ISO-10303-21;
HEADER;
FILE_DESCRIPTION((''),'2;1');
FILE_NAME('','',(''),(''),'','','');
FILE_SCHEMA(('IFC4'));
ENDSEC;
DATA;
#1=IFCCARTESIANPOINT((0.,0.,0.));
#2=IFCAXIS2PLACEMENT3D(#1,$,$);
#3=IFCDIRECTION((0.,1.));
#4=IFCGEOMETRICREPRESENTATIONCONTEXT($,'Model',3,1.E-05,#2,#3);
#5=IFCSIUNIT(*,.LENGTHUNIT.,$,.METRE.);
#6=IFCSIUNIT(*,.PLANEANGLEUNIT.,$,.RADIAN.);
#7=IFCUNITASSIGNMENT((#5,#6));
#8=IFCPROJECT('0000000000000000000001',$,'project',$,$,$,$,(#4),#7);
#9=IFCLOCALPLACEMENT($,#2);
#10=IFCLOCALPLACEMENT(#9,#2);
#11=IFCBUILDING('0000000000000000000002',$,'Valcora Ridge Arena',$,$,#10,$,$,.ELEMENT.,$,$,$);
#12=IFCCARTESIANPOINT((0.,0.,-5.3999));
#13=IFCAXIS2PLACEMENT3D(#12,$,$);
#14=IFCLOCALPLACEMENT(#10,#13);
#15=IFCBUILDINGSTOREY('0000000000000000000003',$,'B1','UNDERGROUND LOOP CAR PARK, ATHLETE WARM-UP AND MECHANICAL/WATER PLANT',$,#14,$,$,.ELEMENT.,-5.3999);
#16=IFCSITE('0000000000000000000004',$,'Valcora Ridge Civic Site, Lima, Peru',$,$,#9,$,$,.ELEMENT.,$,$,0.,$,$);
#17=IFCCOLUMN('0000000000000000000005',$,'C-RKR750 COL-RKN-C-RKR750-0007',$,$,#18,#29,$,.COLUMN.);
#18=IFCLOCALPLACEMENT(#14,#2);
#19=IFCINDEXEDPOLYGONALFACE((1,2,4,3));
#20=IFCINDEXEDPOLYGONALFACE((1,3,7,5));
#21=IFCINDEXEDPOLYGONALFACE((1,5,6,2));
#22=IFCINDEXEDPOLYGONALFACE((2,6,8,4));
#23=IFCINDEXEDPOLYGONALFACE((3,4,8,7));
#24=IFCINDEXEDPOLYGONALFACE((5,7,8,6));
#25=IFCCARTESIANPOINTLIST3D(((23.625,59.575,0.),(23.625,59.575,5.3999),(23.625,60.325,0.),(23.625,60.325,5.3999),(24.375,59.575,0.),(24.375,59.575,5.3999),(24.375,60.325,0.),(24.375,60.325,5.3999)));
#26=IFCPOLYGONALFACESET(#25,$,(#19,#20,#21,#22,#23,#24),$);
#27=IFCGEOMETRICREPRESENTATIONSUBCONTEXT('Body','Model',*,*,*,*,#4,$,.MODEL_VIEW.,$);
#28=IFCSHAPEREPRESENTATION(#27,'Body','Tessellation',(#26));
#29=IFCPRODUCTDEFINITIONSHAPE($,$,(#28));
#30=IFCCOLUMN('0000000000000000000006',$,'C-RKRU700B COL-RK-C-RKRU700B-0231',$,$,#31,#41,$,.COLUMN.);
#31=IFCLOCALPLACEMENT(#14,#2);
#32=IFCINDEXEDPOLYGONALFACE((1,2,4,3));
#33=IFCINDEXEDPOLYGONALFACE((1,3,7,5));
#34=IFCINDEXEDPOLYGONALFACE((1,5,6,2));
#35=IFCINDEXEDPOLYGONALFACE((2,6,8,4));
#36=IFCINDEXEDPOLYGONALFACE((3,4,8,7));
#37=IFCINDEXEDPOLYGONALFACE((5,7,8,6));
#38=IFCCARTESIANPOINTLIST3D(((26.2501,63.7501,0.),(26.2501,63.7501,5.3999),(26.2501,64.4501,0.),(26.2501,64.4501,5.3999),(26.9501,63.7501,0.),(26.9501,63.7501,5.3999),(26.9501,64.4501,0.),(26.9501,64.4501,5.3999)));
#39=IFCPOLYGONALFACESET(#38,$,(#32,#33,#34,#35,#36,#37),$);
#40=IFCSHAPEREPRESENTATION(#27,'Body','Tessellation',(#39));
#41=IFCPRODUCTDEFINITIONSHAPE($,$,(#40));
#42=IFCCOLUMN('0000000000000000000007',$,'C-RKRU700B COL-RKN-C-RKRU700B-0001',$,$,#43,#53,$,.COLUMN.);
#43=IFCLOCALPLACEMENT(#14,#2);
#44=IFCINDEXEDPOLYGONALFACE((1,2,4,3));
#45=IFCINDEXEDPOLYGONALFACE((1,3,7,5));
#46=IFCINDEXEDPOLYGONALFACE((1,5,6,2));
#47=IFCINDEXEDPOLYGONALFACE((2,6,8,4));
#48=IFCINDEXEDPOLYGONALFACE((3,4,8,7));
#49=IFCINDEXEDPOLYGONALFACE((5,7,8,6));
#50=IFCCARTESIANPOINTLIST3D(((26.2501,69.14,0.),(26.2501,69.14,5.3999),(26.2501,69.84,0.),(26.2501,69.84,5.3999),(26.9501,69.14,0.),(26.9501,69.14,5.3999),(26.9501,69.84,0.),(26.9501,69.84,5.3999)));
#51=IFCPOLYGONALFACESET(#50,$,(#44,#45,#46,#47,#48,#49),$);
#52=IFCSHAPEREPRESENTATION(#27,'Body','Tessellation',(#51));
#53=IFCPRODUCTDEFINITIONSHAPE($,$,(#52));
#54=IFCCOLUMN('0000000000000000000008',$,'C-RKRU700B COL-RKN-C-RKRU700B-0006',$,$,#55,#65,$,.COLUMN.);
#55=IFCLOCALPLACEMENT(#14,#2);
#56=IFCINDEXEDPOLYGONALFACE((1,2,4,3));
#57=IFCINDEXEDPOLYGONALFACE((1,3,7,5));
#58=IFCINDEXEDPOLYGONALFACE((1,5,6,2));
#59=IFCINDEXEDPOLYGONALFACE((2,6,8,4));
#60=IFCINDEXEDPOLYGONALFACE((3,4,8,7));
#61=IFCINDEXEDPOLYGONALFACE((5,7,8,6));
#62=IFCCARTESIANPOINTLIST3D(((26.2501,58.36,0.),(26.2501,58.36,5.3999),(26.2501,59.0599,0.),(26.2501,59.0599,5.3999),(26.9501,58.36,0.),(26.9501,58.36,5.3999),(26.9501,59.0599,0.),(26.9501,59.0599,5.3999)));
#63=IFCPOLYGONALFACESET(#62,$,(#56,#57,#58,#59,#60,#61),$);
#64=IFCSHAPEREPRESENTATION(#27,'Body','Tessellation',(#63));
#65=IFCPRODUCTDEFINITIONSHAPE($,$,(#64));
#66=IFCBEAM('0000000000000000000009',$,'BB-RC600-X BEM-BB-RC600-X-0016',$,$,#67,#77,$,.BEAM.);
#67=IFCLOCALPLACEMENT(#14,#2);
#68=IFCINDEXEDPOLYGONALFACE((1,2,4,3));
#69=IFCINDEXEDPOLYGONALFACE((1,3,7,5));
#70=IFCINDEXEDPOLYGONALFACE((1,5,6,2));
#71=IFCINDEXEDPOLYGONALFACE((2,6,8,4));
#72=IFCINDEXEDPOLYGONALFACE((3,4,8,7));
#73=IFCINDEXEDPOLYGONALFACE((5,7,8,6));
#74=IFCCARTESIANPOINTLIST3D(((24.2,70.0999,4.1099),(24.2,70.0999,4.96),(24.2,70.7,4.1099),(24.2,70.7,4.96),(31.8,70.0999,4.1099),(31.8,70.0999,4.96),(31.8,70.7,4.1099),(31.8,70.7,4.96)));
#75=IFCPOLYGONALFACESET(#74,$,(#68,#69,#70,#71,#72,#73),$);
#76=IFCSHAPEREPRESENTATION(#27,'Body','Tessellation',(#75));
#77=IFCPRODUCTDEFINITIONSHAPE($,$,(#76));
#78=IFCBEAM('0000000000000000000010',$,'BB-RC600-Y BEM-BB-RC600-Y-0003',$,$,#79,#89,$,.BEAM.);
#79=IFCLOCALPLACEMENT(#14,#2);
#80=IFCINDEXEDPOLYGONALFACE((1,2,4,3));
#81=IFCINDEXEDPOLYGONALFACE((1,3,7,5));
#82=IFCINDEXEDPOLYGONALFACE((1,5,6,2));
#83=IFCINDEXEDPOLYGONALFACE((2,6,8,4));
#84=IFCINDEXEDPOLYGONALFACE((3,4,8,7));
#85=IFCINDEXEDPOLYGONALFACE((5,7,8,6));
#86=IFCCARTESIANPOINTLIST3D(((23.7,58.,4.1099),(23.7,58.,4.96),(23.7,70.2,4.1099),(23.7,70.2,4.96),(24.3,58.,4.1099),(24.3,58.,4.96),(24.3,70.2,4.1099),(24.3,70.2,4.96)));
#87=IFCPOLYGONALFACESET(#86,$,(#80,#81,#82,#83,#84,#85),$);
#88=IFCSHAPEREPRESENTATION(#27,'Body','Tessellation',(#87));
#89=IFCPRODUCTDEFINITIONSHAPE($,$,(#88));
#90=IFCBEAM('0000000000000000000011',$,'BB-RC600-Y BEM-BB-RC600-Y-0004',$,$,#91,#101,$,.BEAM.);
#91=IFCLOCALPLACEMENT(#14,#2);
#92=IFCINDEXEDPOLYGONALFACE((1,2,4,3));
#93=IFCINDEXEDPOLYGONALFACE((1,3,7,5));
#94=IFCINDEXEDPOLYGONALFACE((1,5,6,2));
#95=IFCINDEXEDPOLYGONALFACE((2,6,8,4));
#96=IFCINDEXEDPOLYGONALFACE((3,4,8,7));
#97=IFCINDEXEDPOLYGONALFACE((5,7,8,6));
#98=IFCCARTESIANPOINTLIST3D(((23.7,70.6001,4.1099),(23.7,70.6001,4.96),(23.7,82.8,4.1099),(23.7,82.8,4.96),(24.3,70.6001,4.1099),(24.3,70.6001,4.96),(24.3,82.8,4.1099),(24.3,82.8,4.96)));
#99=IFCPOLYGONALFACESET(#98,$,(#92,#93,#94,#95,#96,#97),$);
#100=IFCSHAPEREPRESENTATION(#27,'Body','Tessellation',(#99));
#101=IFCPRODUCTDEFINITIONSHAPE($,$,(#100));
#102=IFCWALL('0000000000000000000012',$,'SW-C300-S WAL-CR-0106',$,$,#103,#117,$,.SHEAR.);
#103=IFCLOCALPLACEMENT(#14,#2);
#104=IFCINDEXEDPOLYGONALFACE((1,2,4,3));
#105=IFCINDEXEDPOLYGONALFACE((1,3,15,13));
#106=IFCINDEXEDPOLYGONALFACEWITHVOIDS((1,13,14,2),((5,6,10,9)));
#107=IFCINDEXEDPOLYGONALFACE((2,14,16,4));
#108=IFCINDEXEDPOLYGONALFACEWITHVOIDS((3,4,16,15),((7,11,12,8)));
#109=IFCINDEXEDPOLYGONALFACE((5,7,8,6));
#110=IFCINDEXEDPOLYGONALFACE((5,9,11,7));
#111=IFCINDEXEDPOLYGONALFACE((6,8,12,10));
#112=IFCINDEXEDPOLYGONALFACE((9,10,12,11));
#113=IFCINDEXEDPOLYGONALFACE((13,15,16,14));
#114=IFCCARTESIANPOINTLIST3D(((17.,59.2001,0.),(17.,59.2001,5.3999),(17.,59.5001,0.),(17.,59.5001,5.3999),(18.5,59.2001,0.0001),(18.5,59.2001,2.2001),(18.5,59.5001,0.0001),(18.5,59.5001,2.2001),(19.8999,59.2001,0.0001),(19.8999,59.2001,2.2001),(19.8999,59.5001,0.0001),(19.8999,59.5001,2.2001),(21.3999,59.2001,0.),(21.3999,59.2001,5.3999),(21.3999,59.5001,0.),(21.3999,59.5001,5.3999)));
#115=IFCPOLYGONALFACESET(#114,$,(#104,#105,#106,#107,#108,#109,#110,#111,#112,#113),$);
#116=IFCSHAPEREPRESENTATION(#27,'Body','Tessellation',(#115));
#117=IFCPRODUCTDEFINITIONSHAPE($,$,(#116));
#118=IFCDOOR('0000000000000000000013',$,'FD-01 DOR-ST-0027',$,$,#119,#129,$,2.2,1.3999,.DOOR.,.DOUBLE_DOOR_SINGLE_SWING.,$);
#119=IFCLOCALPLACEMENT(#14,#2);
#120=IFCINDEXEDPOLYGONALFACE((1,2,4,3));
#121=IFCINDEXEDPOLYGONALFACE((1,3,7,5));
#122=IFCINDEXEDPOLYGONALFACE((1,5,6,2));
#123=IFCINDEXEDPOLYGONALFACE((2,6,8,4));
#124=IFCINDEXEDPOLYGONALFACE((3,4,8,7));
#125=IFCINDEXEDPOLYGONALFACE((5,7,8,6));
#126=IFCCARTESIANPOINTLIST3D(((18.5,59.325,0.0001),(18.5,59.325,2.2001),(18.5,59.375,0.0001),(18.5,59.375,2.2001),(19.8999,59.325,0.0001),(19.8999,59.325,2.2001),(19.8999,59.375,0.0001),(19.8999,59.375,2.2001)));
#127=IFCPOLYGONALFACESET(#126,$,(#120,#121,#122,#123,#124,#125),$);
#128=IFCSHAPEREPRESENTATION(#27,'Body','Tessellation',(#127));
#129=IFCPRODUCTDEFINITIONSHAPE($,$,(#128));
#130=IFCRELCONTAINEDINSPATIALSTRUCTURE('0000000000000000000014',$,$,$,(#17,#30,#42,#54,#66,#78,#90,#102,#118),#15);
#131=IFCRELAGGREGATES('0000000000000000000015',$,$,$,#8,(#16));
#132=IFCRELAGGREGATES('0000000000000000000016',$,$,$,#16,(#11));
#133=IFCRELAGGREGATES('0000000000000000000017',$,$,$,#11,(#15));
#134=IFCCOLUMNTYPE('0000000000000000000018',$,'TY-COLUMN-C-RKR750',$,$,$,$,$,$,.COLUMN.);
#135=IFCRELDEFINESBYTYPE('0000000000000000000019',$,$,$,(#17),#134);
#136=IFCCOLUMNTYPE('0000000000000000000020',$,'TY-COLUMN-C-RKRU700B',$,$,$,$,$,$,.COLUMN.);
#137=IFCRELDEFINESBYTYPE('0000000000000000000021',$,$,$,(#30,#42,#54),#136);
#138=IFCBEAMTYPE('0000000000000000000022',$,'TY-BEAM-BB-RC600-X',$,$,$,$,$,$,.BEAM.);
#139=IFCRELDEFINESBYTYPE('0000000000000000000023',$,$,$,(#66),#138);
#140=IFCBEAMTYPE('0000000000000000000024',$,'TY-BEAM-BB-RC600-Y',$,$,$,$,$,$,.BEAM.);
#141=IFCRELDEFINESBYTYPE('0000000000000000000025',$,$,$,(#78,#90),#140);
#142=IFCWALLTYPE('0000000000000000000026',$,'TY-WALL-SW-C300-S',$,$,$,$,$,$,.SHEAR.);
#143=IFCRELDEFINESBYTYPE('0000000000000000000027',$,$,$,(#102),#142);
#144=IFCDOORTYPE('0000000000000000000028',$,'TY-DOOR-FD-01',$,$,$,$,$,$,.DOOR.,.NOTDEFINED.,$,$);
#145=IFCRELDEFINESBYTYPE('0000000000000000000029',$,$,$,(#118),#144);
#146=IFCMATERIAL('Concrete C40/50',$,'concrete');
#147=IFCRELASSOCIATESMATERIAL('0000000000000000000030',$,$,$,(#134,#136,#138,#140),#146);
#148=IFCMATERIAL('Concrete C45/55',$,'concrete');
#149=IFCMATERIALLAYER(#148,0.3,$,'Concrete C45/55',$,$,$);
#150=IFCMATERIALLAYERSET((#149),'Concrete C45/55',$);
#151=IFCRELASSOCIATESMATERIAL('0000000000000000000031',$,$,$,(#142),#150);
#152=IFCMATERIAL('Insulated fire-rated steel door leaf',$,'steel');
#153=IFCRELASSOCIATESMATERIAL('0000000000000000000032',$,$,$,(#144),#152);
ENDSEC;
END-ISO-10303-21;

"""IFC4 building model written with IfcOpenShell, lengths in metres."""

from ifc_helpers import new_model, si_unit, direction, frame, frame_2d, origin, origin_2d, place, context, subcontext, project, spatial, rectangle, extrude, material, layer, layer_set, material_profile, profile_set, type_object, element, fill, save


model = new_model("IFC4")

# Units and contexts
model_context = context("Model", 3, precision=1e-05, world=origin(), true_north=direction((0.0, 1.0)))
body_context = subcontext(model_context, "Body", "Model", "MODEL_VIEW")
ifc_project = project(units=[si_unit("LENGTHUNIT", "METRE"), si_unit("PLANEANGLEUNIT", "RADIAN")], contexts=[model_context])

# Site, building, storey
site_placement = place(None, origin())
site = spatial("IfcSite", under=ifc_project, at=site_placement, Name="Valcora Ridge Civic Site, Lima, Peru", CompositionType="ELEMENT", RefElevation=0.0)
building_placement = place(site_placement, origin())
building = spatial("IfcBuilding", under=site, at=building_placement, Name="Valcora Ridge Arena", CompositionType="ELEMENT")
storey_placement = place(building_placement, frame((0.0, 0.0, -5.3999)))
storey = spatial("IfcBuildingStorey", under=building, at=storey_placement, Name="B1", Description="UNDERGROUND LOOP CAR PARK, ATHLETE WARM-UP AND MECHANICAL/WATER PLANT", CompositionType="ELEMENT", Elevation=-5.3999)

# Shared definitions
ifc_material_1 = material(Name="Concrete C40/50", Category="concrete")

# Columns
ifc_material_profile_1 = material_profile(ifc_material_1, rectangle(XDim=0.75, YDim=0.75, at=origin_2d()), Name="RC 750x750")
ifc_profile_set_1 = profile_set([ifc_material_profile_1], Name="Concrete C40/50")
column_type_1 = type_object("IfcColumnType", Name="TY-COLUMN-C-RKR750", PredefinedType="COLUMN", material=ifc_profile_set_1)
for number, where, z_axis, x_axis, name in (
    (1, (24.0, 59.95, 0.0), (0.0, 0.0, 1.0), (1.0, 0.0, 0.0), "C-RKR750 COL-RKN-C-RKR750-0007"),
):
    element("IfcColumn", number, at=place(storey_placement, frame(where, z_axis=z_axis, x_axis=x_axis)), inside=storey, type_object=column_type_1, Name=name, PredefinedType="COLUMN", context=body_context, shape_type="SweptSolid", body=[
        extrude(rectangle(XDim=0.75, YDim=0.75, at=origin_2d()), origin(), (0.0, 0.0, 1.0), 5.3999),
    ])
ifc_material_profile_2 = material_profile(ifc_material_1, rectangle(XDim=0.7, YDim=0.7, at=origin_2d()), Name="RC 700x700")
ifc_profile_set_2 = profile_set([ifc_material_profile_2], Name="Concrete C40/50")
column_type_2 = type_object("IfcColumnType", Name="TY-COLUMN-C-RKRU700B", PredefinedType="COLUMN", material=ifc_profile_set_2)
for number, where, z_axis, x_axis, name in (
    (2, (26.6001, 64.1001, 0.0), (0.0, 0.0, 1.0), (1.0, 0.0, 0.0), "C-RKRU700B COL-RK-C-RKRU700B-0231"),
    (3, (26.6001, 69.49, 0.0), (0.0, 0.0, 1.0), (1.0, 0.0, 0.0), "C-RKRU700B COL-RKN-C-RKRU700B-0001"),
    (4, (26.6001, 58.71, 0.0), (0.0, 0.0, 1.0), (1.0, 0.0, 0.0), "C-RKRU700B COL-RKN-C-RKRU700B-0006"),
):
    element("IfcColumn", number, at=place(storey_placement, frame(where, z_axis=z_axis, x_axis=x_axis)), inside=storey, type_object=column_type_2, Name=name, PredefinedType="COLUMN", context=body_context, shape_type="SweptSolid", body=[
        extrude(rectangle(XDim=0.7, YDim=0.7, at=origin_2d()), origin(), (0.0, 0.0, 1.0), 5.3999),
    ])

# Beams
ifc_material_profile_3 = material_profile(ifc_material_1, rectangle(XDim=0.6001, YDim=0.8501, at=origin_2d()), Name="RC 600x850")
ifc_profile_set_3 = profile_set([ifc_material_profile_3], Name="Concrete C40/50")
beam_type_1 = type_object("IfcBeamType", Name="TY-BEAM-BB-RC600-X", PredefinedType="BEAM", material=ifc_profile_set_3)
beam_placement = place(storey_placement, frame((24.2, 70.3999, 4.5349), z_axis=(1.0, 0.0, 0.0), x_axis=(0.0, 1.0, 0.0)))
element("IfcBeam", 5, at=beam_placement, inside=storey, type_object=beam_type_1, Name="BB-RC600-X BEM-BB-RC600-X-0016", PredefinedType="BEAM", context=body_context, shape_type="SweptSolid", body=[
    extrude(rectangle(XDim=0.6001, YDim=0.8501, at=origin_2d()), origin(), (0.0, 0.0, 1.0), 7.6001),
])
ifc_material_profile_4 = material_profile(ifc_material_1, rectangle(XDim=0.6001, YDim=0.8501, at=origin_2d()), Name="RC 600x850")
ifc_profile_set_4 = profile_set([ifc_material_profile_4], Name="Concrete C40/50")
beam_type_2 = type_object("IfcBeamType", Name="TY-BEAM-BB-RC600-Y", PredefinedType="BEAM", material=ifc_profile_set_4)
for number, where, z_axis, x_axis, name in (
    (6, (24.0, 58.0, 4.5349), (0.0, 1.0, 0.0), (-1.0, 0.0, 0.0), "BB-RC600-Y BEM-BB-RC600-Y-0003"),
    (7, (24.0, 70.6001, 4.5349), (0.0, 1.0, 0.0), (-1.0, 0.0, 0.0), "BB-RC600-Y BEM-BB-RC600-Y-0004"),
):
    element("IfcBeam", number, at=place(storey_placement, frame(where, z_axis=z_axis, x_axis=x_axis)), inside=storey, type_object=beam_type_2, Name=name, PredefinedType="BEAM", context=body_context, shape_type="SweptSolid", body=[
        extrude(rectangle(XDim=0.6001, YDim=0.8501, at=origin_2d()), origin(), (0.0, 0.0, 1.0), 12.2),
    ])

# Wall, opening, door
ifc_material_2 = material(Name="Concrete C45/55", Category="concrete")
ifc_layer_1 = layer(ifc_material_2, 0.3, Name="Concrete C45/55")
ifc_layer_set_1 = layer_set([ifc_layer_1], Name="Concrete C45/55")
wall_type = type_object("IfcWallType", Name="TY-WALL-SW-C300-S", PredefinedType="SHEAR", material=ifc_layer_set_1)
wall_placement = place(storey_placement, frame((17.0, 59.3501, 0.0), z_axis=(0.0, 0.0, 1.0), x_axis=(1.0, 0.0, 0.0)))
wall = element("IfcWall", 8, at=wall_placement, inside=storey, type_object=wall_type, Name="SW-C300-S WAL-CR-0106", PredefinedType="SHEAR", context=body_context, shape_type="SweptSolid", body=[
    extrude(rectangle(XDim=4.3999, YDim=0.3, at=frame_2d((2.2, 0.0))), origin(), (0.0, 0.0, 1.0), 5.3999),
])
opening_placement = place(wall_placement, frame((1.5, 0.0, 0.0)))
opening = element("IfcOpeningElement", 9, at=opening_placement, cuts=wall, PredefinedType="OPENING", context=body_context, shape_type="SweptSolid", body=[
    extrude(rectangle(XDim=1.3999, YDim=2.2, at=frame_2d((0.7, 1.1001))), frame((0.0, 0.1599, 0.0), z_axis=(0.0, -1.0, 0.0), x_axis=(1.0, 0.0, 0.0)), (0.0, 0.0, 1.0), 0.3201),
])
ifc_material_3 = material(Name="Insulated fire-rated steel door leaf", Category="steel")
door_type = type_object("IfcDoorType", Name="TY-DOOR-FD-01", OperationType="NOTDEFINED", PredefinedType="DOOR", material=ifc_material_3)
door_placement = place(opening_placement, origin())
door = element("IfcDoor", 10, at=door_placement, inside=storey, type_object=door_type, Name="FD-01 DOR-ST-0027", OperationType="DOUBLE_DOOR_SINGLE_SWING", OverallHeight=2.2, OverallWidth=1.3999, PredefinedType="DOOR", context=body_context, shape_type="SweptSolid", body=[
    extrude(rectangle(XDim=1.3999, YDim=2.2, at=frame_2d((0.7, 1.1001))), frame((0.0, 0.0249, 0.0), z_axis=(0.0, -1.0, 0.0), x_axis=(1.0, 0.0, 0.0)), (0.0, 0.0, 1.0), 0.05),
])
fill(opening, door)

save(model, "model.ifc")
